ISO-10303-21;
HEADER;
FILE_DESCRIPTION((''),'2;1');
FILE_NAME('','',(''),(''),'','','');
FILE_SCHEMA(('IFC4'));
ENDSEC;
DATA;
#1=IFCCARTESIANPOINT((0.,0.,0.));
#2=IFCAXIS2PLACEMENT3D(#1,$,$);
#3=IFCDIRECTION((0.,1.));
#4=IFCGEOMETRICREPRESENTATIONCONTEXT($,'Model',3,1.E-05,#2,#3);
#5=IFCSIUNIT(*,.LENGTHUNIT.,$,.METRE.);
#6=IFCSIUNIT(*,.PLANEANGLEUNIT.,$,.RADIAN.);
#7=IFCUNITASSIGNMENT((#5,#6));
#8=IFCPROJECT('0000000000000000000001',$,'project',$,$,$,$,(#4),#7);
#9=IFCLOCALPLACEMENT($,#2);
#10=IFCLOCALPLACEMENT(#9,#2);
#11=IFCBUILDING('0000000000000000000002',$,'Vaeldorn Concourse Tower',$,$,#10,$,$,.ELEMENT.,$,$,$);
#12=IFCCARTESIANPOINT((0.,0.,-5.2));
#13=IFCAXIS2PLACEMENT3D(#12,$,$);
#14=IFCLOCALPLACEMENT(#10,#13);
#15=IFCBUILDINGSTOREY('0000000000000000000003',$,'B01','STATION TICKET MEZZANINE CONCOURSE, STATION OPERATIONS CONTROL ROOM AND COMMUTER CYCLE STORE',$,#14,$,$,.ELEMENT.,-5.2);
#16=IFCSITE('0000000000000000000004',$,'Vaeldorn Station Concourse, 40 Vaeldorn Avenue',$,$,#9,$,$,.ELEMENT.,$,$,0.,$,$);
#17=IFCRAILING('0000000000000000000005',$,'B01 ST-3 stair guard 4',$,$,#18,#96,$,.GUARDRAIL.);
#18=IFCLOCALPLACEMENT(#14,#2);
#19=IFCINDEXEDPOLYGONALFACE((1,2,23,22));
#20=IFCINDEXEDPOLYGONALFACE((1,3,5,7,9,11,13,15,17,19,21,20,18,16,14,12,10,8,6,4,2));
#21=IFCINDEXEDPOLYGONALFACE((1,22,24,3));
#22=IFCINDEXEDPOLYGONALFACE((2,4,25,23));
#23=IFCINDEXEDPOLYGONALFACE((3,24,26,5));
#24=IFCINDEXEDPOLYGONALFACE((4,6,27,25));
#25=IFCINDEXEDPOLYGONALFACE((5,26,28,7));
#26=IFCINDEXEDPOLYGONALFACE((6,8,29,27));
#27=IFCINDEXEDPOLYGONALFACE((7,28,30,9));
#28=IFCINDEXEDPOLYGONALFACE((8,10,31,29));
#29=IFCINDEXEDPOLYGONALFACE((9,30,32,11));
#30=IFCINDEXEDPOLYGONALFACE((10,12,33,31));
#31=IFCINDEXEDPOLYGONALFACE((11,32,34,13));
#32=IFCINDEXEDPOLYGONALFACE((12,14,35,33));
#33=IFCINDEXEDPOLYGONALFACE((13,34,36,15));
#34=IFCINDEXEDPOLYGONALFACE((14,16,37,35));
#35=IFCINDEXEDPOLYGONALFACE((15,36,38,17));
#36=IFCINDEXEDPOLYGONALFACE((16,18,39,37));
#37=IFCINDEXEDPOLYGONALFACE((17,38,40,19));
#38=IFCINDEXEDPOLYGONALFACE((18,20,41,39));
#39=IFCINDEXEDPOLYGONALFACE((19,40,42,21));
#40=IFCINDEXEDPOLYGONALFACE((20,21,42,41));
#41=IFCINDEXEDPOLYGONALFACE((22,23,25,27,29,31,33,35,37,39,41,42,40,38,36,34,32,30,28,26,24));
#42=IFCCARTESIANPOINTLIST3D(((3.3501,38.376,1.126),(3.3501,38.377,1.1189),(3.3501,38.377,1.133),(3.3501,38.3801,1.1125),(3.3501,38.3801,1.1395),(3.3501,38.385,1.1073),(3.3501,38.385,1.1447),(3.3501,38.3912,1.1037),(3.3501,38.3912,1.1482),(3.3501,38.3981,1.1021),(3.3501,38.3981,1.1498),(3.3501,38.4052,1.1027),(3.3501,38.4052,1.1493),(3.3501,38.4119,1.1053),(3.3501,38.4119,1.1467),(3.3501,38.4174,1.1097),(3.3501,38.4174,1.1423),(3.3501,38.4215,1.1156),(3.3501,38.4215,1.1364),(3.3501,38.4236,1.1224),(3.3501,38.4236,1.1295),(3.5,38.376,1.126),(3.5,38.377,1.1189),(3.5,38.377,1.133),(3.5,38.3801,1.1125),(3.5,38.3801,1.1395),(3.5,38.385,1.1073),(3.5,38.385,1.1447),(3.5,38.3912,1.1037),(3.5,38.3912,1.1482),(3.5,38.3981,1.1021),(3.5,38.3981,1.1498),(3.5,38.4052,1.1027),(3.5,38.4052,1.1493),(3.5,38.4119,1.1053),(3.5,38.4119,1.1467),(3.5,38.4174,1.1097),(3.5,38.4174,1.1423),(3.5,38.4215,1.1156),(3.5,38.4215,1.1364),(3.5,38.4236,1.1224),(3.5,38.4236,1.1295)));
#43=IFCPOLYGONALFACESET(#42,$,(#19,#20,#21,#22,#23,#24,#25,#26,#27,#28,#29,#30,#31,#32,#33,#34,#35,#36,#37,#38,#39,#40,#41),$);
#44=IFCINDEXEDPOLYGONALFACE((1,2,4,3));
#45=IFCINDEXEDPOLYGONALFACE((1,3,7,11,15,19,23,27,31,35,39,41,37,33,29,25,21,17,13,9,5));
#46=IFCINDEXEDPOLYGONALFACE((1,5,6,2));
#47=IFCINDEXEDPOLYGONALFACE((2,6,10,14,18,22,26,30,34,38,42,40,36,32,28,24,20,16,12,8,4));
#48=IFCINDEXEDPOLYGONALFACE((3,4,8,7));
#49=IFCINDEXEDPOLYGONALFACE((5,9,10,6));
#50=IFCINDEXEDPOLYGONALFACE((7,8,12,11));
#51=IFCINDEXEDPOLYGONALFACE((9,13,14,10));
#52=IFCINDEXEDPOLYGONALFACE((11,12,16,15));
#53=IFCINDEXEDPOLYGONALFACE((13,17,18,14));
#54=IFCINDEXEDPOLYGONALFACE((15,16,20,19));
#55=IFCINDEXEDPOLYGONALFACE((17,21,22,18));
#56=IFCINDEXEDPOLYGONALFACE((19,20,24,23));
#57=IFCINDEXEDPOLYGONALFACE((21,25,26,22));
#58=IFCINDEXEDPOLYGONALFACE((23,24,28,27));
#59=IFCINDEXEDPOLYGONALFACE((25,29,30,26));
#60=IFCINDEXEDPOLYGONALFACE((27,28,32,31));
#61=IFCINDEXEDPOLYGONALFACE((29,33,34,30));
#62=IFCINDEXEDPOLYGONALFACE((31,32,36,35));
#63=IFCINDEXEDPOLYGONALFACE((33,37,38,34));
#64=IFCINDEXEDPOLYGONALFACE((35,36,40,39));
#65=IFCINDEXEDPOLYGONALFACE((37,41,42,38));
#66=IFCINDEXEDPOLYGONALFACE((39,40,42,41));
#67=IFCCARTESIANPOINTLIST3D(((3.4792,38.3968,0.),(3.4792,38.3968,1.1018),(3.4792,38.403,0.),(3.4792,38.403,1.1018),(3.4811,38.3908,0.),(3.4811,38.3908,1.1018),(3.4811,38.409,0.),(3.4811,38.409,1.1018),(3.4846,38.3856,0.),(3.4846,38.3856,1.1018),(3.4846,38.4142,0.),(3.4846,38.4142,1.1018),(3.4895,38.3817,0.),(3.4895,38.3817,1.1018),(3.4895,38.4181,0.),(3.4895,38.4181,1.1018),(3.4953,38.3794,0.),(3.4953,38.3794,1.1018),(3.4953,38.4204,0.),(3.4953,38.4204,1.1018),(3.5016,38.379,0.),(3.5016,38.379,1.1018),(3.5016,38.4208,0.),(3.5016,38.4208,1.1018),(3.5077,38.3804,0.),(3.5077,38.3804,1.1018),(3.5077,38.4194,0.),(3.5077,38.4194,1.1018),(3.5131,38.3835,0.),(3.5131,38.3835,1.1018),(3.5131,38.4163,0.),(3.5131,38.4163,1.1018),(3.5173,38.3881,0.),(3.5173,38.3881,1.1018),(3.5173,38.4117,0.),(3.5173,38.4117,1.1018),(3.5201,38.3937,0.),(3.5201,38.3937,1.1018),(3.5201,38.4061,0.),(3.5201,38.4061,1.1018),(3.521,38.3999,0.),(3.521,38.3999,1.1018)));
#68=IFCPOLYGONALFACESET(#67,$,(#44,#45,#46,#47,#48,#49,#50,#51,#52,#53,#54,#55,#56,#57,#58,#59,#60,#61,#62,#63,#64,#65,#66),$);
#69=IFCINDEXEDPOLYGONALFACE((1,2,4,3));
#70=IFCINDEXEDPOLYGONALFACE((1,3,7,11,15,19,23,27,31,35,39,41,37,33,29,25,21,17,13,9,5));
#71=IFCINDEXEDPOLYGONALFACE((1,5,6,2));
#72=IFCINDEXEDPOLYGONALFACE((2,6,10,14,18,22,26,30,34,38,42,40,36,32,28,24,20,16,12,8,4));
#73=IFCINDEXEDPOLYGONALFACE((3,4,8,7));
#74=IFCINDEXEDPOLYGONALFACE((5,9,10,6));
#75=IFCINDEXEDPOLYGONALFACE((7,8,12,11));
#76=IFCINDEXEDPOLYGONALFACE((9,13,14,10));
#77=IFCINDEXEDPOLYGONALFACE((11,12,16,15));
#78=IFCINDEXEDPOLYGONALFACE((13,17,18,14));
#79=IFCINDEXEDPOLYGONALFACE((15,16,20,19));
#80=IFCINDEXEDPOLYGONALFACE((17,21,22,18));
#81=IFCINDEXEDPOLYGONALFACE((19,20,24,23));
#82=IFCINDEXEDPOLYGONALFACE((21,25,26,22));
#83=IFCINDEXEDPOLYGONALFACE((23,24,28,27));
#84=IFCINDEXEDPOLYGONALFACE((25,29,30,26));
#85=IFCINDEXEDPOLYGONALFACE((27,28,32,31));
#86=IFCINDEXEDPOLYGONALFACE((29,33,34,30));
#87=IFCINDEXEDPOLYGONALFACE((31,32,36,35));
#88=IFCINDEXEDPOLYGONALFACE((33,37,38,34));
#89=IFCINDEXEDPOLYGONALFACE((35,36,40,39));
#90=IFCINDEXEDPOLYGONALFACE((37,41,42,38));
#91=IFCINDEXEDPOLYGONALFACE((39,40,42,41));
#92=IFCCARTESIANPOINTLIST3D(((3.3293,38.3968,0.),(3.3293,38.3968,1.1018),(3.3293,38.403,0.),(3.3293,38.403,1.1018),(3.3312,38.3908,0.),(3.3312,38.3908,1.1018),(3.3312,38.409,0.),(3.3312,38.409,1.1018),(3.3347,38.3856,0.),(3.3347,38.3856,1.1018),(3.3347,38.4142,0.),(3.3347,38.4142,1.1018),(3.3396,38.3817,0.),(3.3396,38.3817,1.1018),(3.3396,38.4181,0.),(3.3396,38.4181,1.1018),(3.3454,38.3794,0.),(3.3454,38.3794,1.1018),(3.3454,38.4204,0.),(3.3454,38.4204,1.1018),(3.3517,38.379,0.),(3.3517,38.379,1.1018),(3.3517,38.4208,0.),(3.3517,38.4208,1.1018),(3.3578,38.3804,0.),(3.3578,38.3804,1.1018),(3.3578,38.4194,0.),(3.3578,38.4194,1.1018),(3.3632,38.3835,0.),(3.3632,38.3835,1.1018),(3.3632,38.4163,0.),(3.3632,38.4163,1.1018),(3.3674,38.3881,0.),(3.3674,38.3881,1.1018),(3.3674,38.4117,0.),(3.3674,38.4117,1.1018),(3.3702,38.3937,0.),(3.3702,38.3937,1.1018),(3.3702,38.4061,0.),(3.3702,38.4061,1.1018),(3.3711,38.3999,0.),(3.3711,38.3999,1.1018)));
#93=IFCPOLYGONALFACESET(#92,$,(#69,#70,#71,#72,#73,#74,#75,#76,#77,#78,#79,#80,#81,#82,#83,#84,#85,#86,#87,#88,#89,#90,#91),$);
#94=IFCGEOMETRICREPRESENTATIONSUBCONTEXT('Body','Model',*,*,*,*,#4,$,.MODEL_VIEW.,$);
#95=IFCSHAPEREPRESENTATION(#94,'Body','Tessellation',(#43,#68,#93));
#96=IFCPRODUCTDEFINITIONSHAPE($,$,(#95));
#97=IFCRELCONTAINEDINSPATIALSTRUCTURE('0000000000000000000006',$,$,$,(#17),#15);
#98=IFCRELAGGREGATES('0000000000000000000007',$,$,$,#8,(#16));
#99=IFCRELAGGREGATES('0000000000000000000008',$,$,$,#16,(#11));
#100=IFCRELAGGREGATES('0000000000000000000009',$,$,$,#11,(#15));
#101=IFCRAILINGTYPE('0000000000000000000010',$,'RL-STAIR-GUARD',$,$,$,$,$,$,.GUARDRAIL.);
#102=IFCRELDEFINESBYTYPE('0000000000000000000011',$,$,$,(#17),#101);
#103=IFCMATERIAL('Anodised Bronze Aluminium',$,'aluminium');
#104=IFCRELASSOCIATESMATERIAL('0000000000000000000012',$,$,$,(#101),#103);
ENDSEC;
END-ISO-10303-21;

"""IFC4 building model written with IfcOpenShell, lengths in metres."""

from ifc_helpers import new_model, si_unit, direction, frame, origin, origin_2d, place, context, subcontext, project, spatial, circle, extrude, material, type_object, element, save


model = new_model("IFC4")

# Units and contexts
model_context = context("Model", 3, precision=1e-05, world=origin(), true_north=direction((0.0, 1.0)))
body_context = subcontext(model_context, "Body", "Model", "MODEL_VIEW")
ifc_project = project(units=[si_unit("LENGTHUNIT", "METRE"), si_unit("PLANEANGLEUNIT", "RADIAN")], contexts=[model_context])

# Site, building, storey
site_placement = place(None, origin())
site = spatial("IfcSite", under=ifc_project, at=site_placement, Name="Vaeldorn Station Concourse, 40 Vaeldorn Avenue", CompositionType="ELEMENT", RefElevation=0.0)
building_placement = place(site_placement, origin())
building = spatial("IfcBuilding", under=site, at=building_placement, Name="Vaeldorn Concourse Tower", CompositionType="ELEMENT")
storey_placement = place(building_placement, frame((0.0, 0.0, -5.2)))
storey = spatial("IfcBuildingStorey", under=building, at=storey_placement, Name="B01", Description="STATION TICKET MEZZANINE CONCOURSE, STATION OPERATIONS CONTROL ROOM AND COMMUTER CYCLE STORE", CompositionType="ELEMENT", Elevation=-5.2)

# Railing
ifc_material_1 = material(Name="Anodised Bronze Aluminium", Category="aluminium")
railing_type_1 = type_object("IfcRailingType", Name="RL-STAIR-GUARD", PredefinedType="GUARDRAIL", material=ifc_material_1)
railing_1_placement = place(storey_placement, frame((3.5, 38.3999, 0.0)))
element("IfcRailing", 1, at=railing_1_placement, inside=storey, type_object=railing_type_1, Name="B01 ST-3 stair guard 4", PredefinedType="GUARDRAIL", context=body_context, shape_type="SweptSolid", body=[
    extrude(circle(Radius=0.0239, at=origin_2d()), frame((0.0, 0.0, 1.126), z_axis=(-1.0, 0.0, 0.0), x_axis=(0.0, -1.0, 0.0)), (0.0, 0.0, 1.0), 0.1499),
    extrude(circle(Radius=0.021, at=origin_2d()), origin(), (0.0, 0.0, 1.0), 1.1018),
    extrude(circle(Radius=0.021, at=origin_2d()), frame((-0.1499, 0.0, 0.0)), (0.0, 0.0, 1.0), 1.1018),
])

save(model, "model.ifc")
